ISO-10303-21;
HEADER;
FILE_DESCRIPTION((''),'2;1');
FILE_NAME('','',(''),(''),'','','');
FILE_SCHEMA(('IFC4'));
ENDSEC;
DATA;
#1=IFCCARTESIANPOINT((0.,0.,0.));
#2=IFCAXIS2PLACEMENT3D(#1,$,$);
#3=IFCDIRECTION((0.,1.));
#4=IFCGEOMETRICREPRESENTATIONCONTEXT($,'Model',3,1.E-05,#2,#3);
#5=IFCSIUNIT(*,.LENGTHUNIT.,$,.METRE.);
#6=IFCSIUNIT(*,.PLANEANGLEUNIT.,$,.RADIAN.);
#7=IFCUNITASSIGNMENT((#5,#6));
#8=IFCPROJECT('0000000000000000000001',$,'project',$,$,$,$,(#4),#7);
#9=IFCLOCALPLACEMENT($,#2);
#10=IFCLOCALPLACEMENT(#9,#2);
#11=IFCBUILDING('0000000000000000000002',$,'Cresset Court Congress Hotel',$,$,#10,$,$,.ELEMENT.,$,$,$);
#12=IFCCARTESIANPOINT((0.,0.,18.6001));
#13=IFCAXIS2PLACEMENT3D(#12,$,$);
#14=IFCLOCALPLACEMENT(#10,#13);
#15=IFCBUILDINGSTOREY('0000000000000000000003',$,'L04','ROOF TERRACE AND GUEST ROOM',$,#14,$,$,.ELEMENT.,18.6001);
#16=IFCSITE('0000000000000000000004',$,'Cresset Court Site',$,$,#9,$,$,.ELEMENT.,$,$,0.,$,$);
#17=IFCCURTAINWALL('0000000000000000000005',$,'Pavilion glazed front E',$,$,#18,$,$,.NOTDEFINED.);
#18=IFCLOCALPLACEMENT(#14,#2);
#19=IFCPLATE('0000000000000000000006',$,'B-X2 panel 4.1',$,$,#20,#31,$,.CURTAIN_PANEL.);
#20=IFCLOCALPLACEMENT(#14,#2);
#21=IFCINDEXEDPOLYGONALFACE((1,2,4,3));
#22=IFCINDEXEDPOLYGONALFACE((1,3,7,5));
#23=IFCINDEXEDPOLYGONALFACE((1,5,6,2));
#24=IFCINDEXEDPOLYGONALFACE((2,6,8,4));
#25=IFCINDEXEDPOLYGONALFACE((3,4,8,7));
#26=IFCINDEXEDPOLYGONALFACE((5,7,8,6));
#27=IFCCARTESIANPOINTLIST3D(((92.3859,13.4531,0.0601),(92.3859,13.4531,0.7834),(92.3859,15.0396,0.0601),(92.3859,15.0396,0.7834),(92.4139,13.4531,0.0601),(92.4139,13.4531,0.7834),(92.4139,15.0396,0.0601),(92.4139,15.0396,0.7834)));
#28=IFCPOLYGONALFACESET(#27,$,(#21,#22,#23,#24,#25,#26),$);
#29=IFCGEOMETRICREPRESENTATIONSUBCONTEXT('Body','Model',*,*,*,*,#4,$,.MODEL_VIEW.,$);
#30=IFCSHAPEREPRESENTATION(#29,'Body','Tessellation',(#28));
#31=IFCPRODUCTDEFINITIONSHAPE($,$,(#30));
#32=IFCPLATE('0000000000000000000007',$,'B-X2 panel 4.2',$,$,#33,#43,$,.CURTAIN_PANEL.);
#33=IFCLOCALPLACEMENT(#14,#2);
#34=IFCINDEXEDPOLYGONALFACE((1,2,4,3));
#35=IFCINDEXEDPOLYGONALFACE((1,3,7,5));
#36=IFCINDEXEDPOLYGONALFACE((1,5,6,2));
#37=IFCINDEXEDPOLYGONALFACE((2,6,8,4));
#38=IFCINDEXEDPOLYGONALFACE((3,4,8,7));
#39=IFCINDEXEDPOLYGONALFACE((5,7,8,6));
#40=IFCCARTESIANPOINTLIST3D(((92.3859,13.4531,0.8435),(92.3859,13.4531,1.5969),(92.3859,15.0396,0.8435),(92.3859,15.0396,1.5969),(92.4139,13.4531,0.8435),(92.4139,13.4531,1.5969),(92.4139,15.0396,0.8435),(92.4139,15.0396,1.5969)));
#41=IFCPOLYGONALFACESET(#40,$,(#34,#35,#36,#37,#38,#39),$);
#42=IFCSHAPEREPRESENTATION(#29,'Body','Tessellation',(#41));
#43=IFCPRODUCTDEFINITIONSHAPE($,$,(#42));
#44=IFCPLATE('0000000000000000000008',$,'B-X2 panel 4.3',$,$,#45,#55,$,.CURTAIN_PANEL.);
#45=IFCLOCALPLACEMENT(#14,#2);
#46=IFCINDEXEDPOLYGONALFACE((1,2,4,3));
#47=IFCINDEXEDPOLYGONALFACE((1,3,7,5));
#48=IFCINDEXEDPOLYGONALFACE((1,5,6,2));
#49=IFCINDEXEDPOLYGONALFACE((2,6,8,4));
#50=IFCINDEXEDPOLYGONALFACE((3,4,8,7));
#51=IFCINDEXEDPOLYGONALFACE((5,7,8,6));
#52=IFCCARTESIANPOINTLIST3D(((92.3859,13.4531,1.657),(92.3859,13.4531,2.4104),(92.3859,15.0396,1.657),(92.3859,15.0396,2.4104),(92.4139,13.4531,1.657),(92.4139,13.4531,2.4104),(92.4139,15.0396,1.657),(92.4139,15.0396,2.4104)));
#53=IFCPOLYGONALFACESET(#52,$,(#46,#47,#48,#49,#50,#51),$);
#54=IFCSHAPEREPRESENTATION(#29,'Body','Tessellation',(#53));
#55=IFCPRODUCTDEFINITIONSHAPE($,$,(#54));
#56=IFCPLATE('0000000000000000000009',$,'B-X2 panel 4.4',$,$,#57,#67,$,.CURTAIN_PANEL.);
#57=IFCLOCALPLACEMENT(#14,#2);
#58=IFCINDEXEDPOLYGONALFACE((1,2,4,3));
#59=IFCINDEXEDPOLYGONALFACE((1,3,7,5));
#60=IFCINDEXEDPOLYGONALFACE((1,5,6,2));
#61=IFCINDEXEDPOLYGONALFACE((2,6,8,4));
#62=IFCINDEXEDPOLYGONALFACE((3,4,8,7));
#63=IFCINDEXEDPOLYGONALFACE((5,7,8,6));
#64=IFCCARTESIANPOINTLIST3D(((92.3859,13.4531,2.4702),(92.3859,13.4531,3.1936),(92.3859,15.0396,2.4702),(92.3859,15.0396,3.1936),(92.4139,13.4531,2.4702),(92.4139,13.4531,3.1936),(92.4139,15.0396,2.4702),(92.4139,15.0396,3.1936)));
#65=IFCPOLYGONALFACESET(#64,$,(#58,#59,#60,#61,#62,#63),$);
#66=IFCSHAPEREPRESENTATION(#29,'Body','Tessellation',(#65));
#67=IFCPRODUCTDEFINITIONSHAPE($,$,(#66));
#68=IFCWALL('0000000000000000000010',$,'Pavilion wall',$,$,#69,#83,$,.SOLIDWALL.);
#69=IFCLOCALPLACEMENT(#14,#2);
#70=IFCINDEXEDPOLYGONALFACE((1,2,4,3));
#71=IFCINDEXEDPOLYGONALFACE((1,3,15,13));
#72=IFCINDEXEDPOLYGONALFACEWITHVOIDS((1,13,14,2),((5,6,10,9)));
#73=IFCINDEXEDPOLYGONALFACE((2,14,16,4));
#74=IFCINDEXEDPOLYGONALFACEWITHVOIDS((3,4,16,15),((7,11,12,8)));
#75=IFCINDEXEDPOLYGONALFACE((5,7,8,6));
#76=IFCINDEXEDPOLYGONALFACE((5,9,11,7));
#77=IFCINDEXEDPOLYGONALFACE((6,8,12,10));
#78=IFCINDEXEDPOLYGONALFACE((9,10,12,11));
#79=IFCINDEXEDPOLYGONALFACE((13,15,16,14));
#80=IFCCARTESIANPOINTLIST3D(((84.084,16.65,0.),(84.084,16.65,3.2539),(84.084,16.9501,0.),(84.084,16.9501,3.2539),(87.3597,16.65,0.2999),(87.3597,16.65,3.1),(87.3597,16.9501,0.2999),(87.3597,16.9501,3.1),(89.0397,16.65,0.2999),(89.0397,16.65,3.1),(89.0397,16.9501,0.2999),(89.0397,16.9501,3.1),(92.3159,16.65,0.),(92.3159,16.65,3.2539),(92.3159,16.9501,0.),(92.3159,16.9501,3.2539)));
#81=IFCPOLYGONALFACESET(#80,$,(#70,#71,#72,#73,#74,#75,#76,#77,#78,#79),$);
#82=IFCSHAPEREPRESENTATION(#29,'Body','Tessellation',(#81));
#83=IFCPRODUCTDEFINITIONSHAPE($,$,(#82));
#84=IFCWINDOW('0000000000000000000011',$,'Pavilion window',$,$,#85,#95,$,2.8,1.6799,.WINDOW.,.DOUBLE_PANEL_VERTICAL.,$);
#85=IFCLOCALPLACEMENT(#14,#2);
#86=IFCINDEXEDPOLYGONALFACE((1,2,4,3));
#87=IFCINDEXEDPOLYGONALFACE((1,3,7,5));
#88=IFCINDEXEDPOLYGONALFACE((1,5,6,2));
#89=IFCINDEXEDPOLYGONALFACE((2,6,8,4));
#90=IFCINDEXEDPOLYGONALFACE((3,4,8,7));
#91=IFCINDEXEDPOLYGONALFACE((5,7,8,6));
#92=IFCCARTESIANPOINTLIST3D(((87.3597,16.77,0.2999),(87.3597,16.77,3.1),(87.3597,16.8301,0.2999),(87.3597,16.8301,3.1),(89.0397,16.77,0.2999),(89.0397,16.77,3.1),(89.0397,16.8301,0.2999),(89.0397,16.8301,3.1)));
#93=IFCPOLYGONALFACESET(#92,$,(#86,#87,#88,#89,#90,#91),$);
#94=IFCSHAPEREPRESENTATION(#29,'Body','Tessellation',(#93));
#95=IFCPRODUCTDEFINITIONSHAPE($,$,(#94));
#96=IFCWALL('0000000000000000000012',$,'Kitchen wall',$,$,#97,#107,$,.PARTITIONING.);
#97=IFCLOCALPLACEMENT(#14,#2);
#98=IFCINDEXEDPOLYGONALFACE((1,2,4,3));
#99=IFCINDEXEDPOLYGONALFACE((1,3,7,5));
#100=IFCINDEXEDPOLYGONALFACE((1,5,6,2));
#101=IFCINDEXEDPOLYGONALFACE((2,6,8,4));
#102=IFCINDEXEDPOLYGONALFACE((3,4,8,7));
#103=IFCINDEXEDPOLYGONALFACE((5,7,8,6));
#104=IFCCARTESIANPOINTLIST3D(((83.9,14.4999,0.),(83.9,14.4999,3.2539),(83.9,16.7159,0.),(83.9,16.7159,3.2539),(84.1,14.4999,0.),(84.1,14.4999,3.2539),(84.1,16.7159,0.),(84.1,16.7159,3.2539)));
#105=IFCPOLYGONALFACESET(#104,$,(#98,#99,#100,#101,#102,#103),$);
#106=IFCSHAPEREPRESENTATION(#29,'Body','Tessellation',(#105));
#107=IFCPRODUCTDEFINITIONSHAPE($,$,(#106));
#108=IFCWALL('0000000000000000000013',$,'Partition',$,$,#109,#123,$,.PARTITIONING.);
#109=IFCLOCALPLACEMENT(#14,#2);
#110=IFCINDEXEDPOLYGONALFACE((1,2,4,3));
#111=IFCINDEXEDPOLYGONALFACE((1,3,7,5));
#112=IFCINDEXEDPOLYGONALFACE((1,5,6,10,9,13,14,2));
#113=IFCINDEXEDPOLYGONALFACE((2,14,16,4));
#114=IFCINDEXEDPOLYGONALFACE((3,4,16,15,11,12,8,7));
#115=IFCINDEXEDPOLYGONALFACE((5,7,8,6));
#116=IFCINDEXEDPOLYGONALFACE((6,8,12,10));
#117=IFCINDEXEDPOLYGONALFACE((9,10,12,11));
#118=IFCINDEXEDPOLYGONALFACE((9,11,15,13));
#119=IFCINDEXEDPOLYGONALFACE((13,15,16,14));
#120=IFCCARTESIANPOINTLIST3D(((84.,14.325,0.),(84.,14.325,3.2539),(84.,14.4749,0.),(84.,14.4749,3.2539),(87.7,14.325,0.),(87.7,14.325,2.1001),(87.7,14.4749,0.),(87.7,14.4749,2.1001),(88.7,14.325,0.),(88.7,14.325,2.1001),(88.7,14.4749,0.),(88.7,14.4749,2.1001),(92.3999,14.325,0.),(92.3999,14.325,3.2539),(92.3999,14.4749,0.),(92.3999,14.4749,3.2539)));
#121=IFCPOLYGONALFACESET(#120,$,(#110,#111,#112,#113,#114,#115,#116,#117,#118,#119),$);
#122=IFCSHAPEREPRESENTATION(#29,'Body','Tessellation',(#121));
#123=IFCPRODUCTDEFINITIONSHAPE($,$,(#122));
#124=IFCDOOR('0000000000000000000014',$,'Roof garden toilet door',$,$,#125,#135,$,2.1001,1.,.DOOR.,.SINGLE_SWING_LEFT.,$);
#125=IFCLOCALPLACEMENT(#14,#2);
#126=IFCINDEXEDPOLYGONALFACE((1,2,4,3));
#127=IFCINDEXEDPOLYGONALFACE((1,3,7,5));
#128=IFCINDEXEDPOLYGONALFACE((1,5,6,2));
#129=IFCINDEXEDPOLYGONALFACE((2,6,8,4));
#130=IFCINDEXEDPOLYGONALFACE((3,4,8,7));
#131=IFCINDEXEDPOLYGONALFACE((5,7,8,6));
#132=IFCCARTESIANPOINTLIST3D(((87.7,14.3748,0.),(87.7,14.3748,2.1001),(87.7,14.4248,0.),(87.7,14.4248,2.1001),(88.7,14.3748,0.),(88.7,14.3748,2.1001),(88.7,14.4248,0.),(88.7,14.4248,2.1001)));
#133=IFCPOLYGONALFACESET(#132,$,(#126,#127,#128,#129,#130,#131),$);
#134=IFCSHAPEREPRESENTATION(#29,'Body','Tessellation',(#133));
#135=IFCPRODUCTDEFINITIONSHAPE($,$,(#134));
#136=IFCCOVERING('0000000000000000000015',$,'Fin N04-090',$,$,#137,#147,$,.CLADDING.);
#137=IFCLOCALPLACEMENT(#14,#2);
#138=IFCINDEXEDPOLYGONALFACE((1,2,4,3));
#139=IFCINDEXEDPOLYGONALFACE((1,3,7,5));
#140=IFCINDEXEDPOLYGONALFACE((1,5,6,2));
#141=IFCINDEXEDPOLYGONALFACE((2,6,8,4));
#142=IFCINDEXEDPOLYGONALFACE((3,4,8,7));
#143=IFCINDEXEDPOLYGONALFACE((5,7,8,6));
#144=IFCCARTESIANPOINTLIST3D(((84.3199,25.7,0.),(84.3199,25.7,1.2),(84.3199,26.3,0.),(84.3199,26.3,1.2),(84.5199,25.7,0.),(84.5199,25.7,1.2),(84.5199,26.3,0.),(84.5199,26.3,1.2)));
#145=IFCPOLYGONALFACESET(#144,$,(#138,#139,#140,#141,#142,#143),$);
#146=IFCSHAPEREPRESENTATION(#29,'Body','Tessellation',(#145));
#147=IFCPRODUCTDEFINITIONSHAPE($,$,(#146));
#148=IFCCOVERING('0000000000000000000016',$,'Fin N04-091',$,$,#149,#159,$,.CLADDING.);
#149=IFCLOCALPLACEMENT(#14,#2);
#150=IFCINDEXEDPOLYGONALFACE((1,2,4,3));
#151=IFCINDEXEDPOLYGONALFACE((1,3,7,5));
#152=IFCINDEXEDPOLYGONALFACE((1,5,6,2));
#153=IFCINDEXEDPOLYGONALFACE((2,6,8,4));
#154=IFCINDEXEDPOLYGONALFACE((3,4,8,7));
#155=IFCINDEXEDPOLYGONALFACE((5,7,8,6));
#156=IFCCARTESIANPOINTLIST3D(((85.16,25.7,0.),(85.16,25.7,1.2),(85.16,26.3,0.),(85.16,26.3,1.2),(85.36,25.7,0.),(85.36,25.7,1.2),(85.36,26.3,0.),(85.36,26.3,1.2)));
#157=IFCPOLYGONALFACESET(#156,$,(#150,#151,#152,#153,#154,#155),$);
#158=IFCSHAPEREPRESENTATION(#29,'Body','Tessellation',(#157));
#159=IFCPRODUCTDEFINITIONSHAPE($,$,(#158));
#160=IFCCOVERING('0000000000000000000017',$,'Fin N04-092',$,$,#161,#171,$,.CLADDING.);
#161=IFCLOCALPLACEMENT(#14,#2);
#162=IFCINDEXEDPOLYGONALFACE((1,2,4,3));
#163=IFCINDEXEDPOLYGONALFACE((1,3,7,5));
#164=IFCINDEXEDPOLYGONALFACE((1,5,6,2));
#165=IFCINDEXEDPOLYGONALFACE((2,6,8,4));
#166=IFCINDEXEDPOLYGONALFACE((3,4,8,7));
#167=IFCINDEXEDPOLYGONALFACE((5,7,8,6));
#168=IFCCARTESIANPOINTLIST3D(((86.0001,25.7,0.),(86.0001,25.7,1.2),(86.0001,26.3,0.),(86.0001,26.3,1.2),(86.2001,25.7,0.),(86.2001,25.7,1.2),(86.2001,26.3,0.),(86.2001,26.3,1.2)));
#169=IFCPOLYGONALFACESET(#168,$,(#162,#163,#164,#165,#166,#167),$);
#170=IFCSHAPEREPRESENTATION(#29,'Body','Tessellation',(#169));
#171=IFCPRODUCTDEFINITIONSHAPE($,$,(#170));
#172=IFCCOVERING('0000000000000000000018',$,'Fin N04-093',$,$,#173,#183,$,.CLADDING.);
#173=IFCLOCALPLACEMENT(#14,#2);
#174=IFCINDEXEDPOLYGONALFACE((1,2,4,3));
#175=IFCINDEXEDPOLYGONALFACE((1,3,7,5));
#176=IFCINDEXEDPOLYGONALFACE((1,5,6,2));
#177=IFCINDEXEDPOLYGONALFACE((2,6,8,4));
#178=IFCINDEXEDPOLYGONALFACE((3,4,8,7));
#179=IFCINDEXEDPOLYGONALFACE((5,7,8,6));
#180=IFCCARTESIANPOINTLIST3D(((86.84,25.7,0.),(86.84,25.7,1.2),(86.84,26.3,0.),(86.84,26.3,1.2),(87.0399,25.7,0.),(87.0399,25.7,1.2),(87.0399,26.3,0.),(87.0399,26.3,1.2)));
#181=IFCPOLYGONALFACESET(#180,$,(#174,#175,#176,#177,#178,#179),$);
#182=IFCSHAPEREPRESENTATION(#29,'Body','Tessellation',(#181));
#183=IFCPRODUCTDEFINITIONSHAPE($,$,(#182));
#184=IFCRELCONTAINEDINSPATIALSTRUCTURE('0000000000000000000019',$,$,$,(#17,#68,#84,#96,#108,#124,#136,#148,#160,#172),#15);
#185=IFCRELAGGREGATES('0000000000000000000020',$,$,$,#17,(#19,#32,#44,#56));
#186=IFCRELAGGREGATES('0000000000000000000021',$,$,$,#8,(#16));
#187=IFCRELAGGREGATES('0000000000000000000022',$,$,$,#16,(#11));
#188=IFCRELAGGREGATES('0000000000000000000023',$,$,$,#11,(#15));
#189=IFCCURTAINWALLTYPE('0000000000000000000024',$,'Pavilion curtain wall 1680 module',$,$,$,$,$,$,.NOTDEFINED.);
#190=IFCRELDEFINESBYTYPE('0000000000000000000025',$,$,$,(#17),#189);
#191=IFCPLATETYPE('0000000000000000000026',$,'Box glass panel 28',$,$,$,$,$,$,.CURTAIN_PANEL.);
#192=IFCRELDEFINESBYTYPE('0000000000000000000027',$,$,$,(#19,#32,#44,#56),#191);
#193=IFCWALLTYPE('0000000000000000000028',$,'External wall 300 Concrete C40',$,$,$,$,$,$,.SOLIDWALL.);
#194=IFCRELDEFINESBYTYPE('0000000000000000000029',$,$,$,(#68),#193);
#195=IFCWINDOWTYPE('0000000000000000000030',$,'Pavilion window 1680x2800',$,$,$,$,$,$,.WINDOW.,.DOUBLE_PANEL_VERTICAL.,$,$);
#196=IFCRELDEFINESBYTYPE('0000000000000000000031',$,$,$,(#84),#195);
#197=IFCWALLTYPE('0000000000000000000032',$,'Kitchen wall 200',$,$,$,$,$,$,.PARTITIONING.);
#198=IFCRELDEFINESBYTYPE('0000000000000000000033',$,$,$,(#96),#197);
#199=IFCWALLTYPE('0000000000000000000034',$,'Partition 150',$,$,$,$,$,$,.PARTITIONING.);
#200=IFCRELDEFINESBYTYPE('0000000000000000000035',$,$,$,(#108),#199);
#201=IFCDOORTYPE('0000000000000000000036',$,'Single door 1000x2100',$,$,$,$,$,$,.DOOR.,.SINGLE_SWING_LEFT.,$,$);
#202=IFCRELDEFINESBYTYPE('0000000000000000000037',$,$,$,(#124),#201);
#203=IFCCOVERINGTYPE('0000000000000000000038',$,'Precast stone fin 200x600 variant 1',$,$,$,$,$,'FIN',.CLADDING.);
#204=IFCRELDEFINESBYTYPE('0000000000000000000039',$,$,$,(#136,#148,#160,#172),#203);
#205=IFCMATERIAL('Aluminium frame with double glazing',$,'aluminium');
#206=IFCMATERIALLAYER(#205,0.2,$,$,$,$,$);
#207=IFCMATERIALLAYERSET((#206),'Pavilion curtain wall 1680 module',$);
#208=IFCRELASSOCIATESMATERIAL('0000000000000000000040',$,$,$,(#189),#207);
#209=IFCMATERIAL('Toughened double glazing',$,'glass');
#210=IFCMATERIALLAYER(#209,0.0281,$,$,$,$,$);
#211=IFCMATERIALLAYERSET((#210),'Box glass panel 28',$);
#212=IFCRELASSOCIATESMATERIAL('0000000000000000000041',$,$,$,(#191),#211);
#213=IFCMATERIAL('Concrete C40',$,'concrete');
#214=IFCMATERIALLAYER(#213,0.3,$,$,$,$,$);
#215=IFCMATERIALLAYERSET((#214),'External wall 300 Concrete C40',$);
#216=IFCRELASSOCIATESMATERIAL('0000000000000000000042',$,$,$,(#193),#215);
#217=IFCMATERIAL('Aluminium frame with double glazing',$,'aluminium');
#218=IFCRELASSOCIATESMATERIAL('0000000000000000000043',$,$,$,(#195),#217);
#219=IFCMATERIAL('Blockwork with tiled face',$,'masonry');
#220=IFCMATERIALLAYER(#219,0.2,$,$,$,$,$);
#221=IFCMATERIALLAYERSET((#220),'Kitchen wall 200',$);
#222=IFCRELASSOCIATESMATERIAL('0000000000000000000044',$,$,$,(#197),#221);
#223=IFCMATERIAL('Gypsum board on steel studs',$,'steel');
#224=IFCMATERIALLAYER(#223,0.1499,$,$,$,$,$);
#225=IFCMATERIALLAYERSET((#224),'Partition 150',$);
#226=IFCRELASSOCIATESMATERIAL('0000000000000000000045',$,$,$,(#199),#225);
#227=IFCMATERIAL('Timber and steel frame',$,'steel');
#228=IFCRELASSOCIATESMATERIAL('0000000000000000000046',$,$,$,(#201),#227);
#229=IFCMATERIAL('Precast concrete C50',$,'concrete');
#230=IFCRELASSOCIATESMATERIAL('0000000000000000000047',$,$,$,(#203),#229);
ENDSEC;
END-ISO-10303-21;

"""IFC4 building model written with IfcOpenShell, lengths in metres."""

from ifc_helpers import new_model, si_unit, direction, frame, frame_2d, origin, origin_2d, place, context, subcontext, project, spatial, rectangle, extrude, material, layer, layer_set, type_object, element, fill, aggregate, save


model = new_model("IFC4")

# Units and contexts
model_context = context("Model", 3, precision=1e-05, world=origin(), true_north=direction((0.0, 1.0)))
body_context = subcontext(model_context, "Body", "Model", "MODEL_VIEW")
ifc_project = project(units=[si_unit("LENGTHUNIT", "METRE"), si_unit("PLANEANGLEUNIT", "RADIAN")], contexts=[model_context])

# Site, building, storey
site_placement = place(None, origin())
site = spatial("IfcSite", under=ifc_project, at=site_placement, Name="Cresset Court Site", CompositionType="ELEMENT", RefElevation=0.0)
building_placement = place(site_placement, origin())
building = spatial("IfcBuilding", under=site, at=building_placement, Name="Cresset Court Congress Hotel", CompositionType="ELEMENT")
storey_placement = place(building_placement, frame((0.0, 0.0, 18.6001)))
storey = spatial("IfcBuildingStorey", under=building, at=storey_placement, Name="L04", Description="ROOF TERRACE AND GUEST ROOM", CompositionType="ELEMENT", Elevation=18.6001)

# Curtain wall
ifc_material_1 = material(Name="Aluminium frame with double glazing", Category="aluminium")
ifc_layer_1 = layer(ifc_material_1, 0.2)
ifc_layer_set_1 = layer_set([ifc_layer_1], Name="Pavilion curtain wall 1680 module")
curtain_wall_type = type_object("IfcCurtainWallType", Name="Pavilion curtain wall 1680 module", PredefinedType="NOTDEFINED", material=ifc_layer_set_1)
curtain_wall_placement = place(storey_placement, origin())
curtain_wall = element("IfcCurtainWall", 1, at=curtain_wall_placement, inside=storey, type_object=curtain_wall_type, Name="Pavilion glazed front E", PredefinedType="NOTDEFINED")

# Plates
ifc_material_2 = material(Name="Toughened double glazing", Category="glass")
ifc_layer_2 = layer(ifc_material_2, 0.0281)
ifc_layer_set_2 = layer_set([ifc_layer_2], Name="Box glass panel 28")
plate_type = type_object("IfcPlateType", Name="Box glass panel 28", PredefinedType="CURTAIN_PANEL", material=ifc_layer_set_2)
plate_1_placement = place(storey_placement, frame((92.3999, 14.2463, 0.0601), z_axis=(0.0, 0.0, 1.0), x_axis=(0.0, 1.0, 0.0)))
plate_1 = element("IfcPlate", 2, at=plate_1_placement, type_object=plate_type, Name="B-X2 panel 4.1", PredefinedType="CURTAIN_PANEL", context=body_context, shape_type="SweptSolid", body=[
    extrude(rectangle(XDim=1.5864, YDim=0.0281, at=origin_2d()), origin(), (0.0, 0.0, 1.0), 0.7234),
])
plate_2_placement = place(storey_placement, frame((92.3999, 14.2463, 0.8435), z_axis=(0.0, 0.0, 1.0), x_axis=(0.0, 1.0, 0.0)))
plate_2 = element("IfcPlate", 3, at=plate_2_placement, type_object=plate_type, Name="B-X2 panel 4.2", PredefinedType="CURTAIN_PANEL", context=body_context, shape_type="SweptSolid", body=[
    extrude(rectangle(XDim=1.5864, YDim=0.0281, at=origin_2d()), origin(), (0.0, 0.0, 1.0), 0.7534),
])
plate_3_placement = place(storey_placement, frame((92.3999, 14.2463, 1.657), z_axis=(0.0, 0.0, 1.0), x_axis=(0.0, 1.0, 0.0)))
plate_3 = element("IfcPlate", 4, at=plate_3_placement, type_object=plate_type, Name="B-X2 panel 4.3", PredefinedType="CURTAIN_PANEL", context=body_context, shape_type="SweptSolid", body=[
    extrude(rectangle(XDim=1.5864, YDim=0.0281, at=origin_2d()), origin(), (0.0, 0.0, 1.0), 0.7534),
])
plate_4_placement = place(storey_placement, frame((92.3999, 14.2463, 2.4702), z_axis=(0.0, 0.0, 1.0), x_axis=(0.0, 1.0, 0.0)))
plate_4 = element("IfcPlate", 5, at=plate_4_placement, type_object=plate_type, Name="B-X2 panel 4.4", PredefinedType="CURTAIN_PANEL", context=body_context, shape_type="SweptSolid", body=[
    extrude(rectangle(XDim=1.5864, YDim=0.0281, at=origin_2d()), origin(), (0.0, 0.0, 1.0), 0.7234),
])
aggregate(curtain_wall, [plate_1, plate_2, plate_3, plate_4])

# Wall, opening, window
ifc_material_3 = material(Name="Concrete C40", Category="concrete")
ifc_layer_3 = layer(ifc_material_3, 0.3)
ifc_layer_set_3 = layer_set([ifc_layer_3], Name="External wall 300 Concrete C40")
wall_type_1 = type_object("IfcWallType", Name="External wall 300 Concrete C40", PredefinedType="SOLIDWALL", material=ifc_layer_set_3)
wall_1_placement = place(storey_placement, frame((84.084, 16.8, 0.0), z_axis=(0.0, 0.0, 1.0), x_axis=(1.0, 0.0, 0.0)))
wall_1 = element("IfcWall", 6, at=wall_1_placement, inside=storey, type_object=wall_type_1, Name="Pavilion wall", PredefinedType="SOLIDWALL", context=body_context, shape_type="SweptSolid", body=[
    extrude(rectangle(XDim=8.2319, YDim=0.3, at=frame_2d((4.116, 0.0))), origin(), (0.0, 0.0, 1.0), 3.2539),
])
opening_1_placement = place(wall_1_placement, frame((3.2759, 0.0, 0.3)))
opening_1 = element("IfcOpeningElement", 7, at=opening_1_placement, cuts=wall_1, PredefinedType="OPENING", context=body_context, shape_type="SweptSolid", body=[
    extrude(rectangle(XDim=1.6799, YDim=2.8, at=frame_2d((0.8398, 1.3999))), frame((0.0, 0.1599, 0.0), z_axis=(0.0, -1.0, 0.0), x_axis=(1.0, 0.0, 0.0)), (0.0, 0.0, 1.0), 0.3201),
])
ifc_material_4 = material(Name="Aluminium frame with double glazing", Category="aluminium")
window_type = type_object("IfcWindowType", Name="Pavilion window 1680x2800", PartitioningType="DOUBLE_PANEL_VERTICAL", PredefinedType="WINDOW", material=ifc_material_4)
window_placement = place(opening_1_placement, origin())
window = element("IfcWindow", 8, at=window_placement, inside=storey, type_object=window_type, Name="Pavilion window", OverallHeight=2.8, OverallWidth=1.6799, PartitioningType="DOUBLE_PANEL_VERTICAL", PredefinedType="WINDOW", context=body_context, shape_type="SweptSolid", body=[
    extrude(rectangle(XDim=1.6799, YDim=2.8, at=frame_2d((0.8398, 1.3999))), frame((0.0, 0.03, 0.0), z_axis=(0.0, -1.0, 0.0), x_axis=(1.0, 0.0, 0.0)), (0.0, 0.0, 1.0), 0.0601),
])
fill(opening_1, window)

# Wall
ifc_material_5 = material(Name="Blockwork with tiled face", Category="masonry")
ifc_layer_4 = layer(ifc_material_5, 0.2)
ifc_layer_set_4 = layer_set([ifc_layer_4], Name="Kitchen wall 200")
wall_type_2 = type_object("IfcWallType", Name="Kitchen wall 200", PredefinedType="PARTITIONING", material=ifc_layer_set_4)
wall_2_placement = place(storey_placement, frame((84.0, 14.5, 0.0), z_axis=(0.0, 0.0, 1.0), x_axis=(0.0, 1.0, 0.0)))
element("IfcWall", 9, at=wall_2_placement, inside=storey, type_object=wall_type_2, Name="Kitchen wall", PredefinedType="PARTITIONING", context=body_context, shape_type="SweptSolid", body=[
    extrude(rectangle(XDim=2.2161, YDim=0.2, at=frame_2d((1.1079, 0.0))), origin(), (0.0, 0.0, 1.0), 3.2539),
])

# Wall, opening, door
ifc_material_6 = material(Name="Gypsum board on steel studs", Category="steel")
ifc_layer_5 = layer(ifc_material_6, 0.1499)
ifc_layer_set_5 = layer_set([ifc_layer_5], Name="Partition 150")
wall_type_3 = type_object("IfcWallType", Name="Partition 150", PredefinedType="PARTITIONING", material=ifc_layer_set_5)
wall_3_placement = place(storey_placement, frame((84.0, 14.3999, 0.0), z_axis=(0.0, 0.0, 1.0), x_axis=(1.0, 0.0, 0.0)))
wall_3 = element("IfcWall", 10, at=wall_3_placement, inside=storey, type_object=wall_type_3, Name="Partition", PredefinedType="PARTITIONING", context=body_context, shape_type="SweptSolid", body=[
    extrude(rectangle(XDim=8.3999, YDim=0.1499, at=frame_2d((4.2, 0.0))), origin(), (0.0, 0.0, 1.0), 3.2539),
])
opening_2_placement = place(wall_3_placement, frame((3.7, 0.0, 0.0)))
opening_2 = element("IfcOpeningElement", 11, at=opening_2_placement, cuts=wall_3, PredefinedType="OPENING", context=body_context, shape_type="SweptSolid", body=[
    extrude(rectangle(XDim=1.0, YDim=2.1001, at=frame_2d((0.5, 1.05))), frame((0.0, 0.085, 0.0), z_axis=(0.0, -1.0, 0.0), x_axis=(1.0, 0.0, 0.0)), (0.0, 0.0, 1.0), 0.1699),
])
ifc_material_7 = material(Name="Timber and steel frame", Category="steel")
door_type = type_object("IfcDoorType", Name="Single door 1000x2100", OperationType="SINGLE_SWING_LEFT", PredefinedType="DOOR", material=ifc_material_7)
door_placement = place(opening_2_placement, origin())
door = element("IfcDoor", 12, at=door_placement, inside=storey, type_object=door_type, Name="Roof garden toilet door", OperationType="SINGLE_SWING_LEFT", OverallHeight=2.1001, OverallWidth=1.0, PredefinedType="DOOR", context=body_context, shape_type="SweptSolid", body=[
    extrude(rectangle(XDim=1.0, YDim=2.1001, at=frame_2d((0.5, 1.05))), frame((0.0, 0.0249, 0.0), z_axis=(0.0, -1.0, 0.0), x_axis=(1.0, 0.0, 0.0)), (0.0, 0.0, 1.0), 0.05),
])
fill(opening_2, door)

# Coverings
ifc_material_8 = material(Name="Precast concrete C50", Category="concrete")
covering_type_1 = type_object("IfcCoveringType", Name="Precast stone fin 200x600 variant 1", ElementType="FIN", PredefinedType="CLADDING", material=ifc_material_8)
for number, where, z_axis, x_axis, name in (
    (13, (84.4199, 26.0, 0.0), (0.0, 0.0, 1.0), (1.0, 0.0, 0.0), "Fin N04-090"),
    (14, (85.26, 26.0, 0.0), (0.0, 0.0, 1.0), (1.0, 0.0, 0.0), "Fin N04-091"),
    (15, (86.1001, 26.0, 0.0), (0.0, 0.0, 1.0), (1.0, 0.0, 0.0), "Fin N04-092"),
    (16, (86.9399, 26.0, 0.0), (0.0, 0.0, 1.0), (1.0, 0.0, 0.0), "Fin N04-093"),
):
    element("IfcCovering", number, at=place(storey_placement, frame(where, z_axis=z_axis, x_axis=x_axis)), inside=storey, type_object=covering_type_1, Name=name, PredefinedType="CLADDING", context=body_context, shape_type="SweptSolid", body=[
        extrude(rectangle(XDim=0.2, YDim=0.6001, at=origin_2d()), origin(), (0.0, 0.0, 1.0), 1.2),
    ])

save(model, "model.ifc")
